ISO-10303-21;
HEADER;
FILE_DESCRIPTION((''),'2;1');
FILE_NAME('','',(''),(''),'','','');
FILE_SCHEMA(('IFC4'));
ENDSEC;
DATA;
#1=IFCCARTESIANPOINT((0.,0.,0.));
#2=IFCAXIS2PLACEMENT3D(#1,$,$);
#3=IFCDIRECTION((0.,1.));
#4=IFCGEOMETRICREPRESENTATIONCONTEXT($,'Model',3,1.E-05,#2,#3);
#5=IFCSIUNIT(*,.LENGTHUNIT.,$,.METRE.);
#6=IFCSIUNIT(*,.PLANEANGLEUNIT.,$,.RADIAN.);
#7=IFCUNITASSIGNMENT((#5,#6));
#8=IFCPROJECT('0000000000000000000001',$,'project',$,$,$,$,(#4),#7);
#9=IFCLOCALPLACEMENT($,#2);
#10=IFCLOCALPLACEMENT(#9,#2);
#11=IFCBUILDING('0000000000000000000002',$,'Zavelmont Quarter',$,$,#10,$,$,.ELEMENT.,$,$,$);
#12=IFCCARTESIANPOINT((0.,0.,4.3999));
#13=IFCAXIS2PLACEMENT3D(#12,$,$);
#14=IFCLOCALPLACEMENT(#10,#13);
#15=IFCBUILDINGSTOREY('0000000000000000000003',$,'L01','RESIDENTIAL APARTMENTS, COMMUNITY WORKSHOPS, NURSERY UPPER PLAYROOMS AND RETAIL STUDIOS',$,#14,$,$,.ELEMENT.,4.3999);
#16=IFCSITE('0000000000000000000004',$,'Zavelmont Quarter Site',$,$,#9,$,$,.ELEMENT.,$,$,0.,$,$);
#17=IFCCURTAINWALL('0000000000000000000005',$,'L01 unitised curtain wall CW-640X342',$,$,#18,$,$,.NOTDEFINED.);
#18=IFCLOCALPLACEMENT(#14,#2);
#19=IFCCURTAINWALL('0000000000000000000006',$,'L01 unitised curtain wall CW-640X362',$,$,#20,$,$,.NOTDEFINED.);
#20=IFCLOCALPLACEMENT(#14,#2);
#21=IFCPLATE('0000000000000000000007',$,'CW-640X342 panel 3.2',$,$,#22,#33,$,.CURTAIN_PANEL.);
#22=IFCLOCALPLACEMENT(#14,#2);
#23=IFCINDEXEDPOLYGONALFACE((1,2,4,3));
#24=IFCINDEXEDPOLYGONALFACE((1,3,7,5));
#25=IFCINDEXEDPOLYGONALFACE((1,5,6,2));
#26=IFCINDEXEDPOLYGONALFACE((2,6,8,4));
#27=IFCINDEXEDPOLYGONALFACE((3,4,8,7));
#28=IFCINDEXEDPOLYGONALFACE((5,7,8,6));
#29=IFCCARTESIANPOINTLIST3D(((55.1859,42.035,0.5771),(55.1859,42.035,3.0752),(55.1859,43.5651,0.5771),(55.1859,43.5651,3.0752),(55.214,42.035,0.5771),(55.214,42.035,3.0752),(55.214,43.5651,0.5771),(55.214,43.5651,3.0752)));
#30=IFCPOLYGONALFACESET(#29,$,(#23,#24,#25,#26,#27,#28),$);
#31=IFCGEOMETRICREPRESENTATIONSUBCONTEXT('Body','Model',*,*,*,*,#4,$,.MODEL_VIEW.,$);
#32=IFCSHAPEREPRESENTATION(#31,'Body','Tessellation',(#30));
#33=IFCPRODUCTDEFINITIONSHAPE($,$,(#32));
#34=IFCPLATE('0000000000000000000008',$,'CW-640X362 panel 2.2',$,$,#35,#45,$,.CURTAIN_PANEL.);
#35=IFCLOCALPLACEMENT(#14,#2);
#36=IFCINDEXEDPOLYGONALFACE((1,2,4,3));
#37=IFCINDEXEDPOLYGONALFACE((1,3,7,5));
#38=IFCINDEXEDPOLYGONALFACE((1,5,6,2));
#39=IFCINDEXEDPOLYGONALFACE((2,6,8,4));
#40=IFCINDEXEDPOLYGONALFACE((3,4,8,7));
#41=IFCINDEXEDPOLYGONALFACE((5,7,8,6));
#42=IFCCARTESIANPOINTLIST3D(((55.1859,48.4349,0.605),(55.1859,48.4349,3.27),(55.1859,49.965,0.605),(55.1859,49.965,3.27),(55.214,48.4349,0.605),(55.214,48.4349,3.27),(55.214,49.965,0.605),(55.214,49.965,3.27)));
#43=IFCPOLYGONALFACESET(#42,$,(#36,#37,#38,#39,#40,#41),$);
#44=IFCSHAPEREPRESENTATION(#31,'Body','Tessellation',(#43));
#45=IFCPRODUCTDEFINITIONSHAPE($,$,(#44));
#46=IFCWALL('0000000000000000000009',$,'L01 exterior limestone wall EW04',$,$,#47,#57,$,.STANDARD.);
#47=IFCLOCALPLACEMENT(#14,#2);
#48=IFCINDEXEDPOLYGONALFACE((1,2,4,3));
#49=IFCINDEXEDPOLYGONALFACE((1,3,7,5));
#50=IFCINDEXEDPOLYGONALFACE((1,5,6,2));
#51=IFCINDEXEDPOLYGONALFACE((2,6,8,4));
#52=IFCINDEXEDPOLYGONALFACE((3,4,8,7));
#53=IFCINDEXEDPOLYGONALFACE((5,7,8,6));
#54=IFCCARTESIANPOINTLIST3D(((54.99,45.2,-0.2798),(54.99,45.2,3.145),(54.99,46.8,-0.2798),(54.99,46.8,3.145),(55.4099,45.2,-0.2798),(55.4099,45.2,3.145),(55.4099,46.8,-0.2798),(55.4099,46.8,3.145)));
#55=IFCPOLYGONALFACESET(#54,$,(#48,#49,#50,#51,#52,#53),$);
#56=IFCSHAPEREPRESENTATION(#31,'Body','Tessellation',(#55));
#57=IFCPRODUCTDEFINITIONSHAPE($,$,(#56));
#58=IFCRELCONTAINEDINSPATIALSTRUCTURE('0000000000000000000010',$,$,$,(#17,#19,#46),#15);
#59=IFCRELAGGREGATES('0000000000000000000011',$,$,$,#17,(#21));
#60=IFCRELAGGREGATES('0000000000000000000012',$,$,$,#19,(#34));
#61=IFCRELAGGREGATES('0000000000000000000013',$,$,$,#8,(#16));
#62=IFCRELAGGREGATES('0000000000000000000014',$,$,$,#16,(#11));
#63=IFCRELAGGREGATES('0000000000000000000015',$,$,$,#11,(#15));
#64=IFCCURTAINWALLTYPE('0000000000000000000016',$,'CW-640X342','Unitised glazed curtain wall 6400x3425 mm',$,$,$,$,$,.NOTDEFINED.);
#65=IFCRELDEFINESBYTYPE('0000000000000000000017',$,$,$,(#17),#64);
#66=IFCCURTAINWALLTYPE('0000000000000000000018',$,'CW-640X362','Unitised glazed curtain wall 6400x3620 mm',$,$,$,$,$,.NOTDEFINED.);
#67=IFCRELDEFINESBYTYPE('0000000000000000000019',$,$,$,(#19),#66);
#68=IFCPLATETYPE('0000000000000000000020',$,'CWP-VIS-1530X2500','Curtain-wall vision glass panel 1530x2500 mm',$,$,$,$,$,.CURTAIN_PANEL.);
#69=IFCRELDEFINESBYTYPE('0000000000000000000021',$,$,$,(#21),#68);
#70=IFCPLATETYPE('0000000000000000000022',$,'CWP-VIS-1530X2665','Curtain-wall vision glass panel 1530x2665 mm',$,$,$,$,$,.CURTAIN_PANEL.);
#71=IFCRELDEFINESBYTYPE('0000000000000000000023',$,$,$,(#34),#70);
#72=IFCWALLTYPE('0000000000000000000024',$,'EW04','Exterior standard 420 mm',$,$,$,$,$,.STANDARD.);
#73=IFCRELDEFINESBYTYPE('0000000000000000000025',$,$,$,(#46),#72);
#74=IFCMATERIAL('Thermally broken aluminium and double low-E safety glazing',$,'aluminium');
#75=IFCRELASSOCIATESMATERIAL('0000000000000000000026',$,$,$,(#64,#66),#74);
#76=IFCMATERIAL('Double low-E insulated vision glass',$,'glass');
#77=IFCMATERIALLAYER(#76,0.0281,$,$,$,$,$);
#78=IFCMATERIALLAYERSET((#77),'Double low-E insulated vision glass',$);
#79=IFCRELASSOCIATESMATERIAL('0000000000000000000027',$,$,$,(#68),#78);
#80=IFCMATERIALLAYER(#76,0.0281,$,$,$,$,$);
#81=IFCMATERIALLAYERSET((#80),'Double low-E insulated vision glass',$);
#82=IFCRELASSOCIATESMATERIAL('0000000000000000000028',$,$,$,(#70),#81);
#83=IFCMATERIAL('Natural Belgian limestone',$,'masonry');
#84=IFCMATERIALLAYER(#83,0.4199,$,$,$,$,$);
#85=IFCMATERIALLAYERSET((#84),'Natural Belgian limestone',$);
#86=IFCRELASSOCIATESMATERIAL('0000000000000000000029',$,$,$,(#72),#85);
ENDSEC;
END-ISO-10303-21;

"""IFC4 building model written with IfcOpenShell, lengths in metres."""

from ifc_helpers import new_model, si_unit, direction, frame, frame_2d, origin, origin_2d, place, context, subcontext, project, spatial, rectangle, extrude, material, layer, layer_set, type_object, element, aggregate, save


model = new_model("IFC4")

# Units and contexts
model_context = context("Model", 3, precision=1e-05, world=origin(), true_north=direction((0.0, 1.0)))
body_context = subcontext(model_context, "Body", "Model", "MODEL_VIEW")
ifc_project = project(units=[si_unit("LENGTHUNIT", "METRE"), si_unit("PLANEANGLEUNIT", "RADIAN")], contexts=[model_context])

# Site, building, storey
site_placement = place(None, origin())
site = spatial("IfcSite", under=ifc_project, at=site_placement, Name="Zavelmont Quarter Site", CompositionType="ELEMENT", RefElevation=0.0)
building_placement = place(site_placement, origin())
building = spatial("IfcBuilding", under=site, at=building_placement, Name="Zavelmont Quarter", CompositionType="ELEMENT")
storey_placement = place(building_placement, frame((0.0, 0.0, 4.3999)))
storey = spatial("IfcBuildingStorey", under=building, at=storey_placement, Name="L01", Description="RESIDENTIAL APARTMENTS, COMMUNITY WORKSHOPS, NURSERY UPPER PLAYROOMS AND RETAIL STUDIOS", CompositionType="ELEMENT", Elevation=4.3999)

# Curtain walls
ifc_material_1 = material(Name="Thermally broken aluminium and double low-E safety glazing", Category="aluminium")
curtain_wall_type_1 = type_object("IfcCurtainWallType", Name="CW-640X342", Description="Unitised glazed curtain wall 6400x3425 mm", PredefinedType="NOTDEFINED", material=ifc_material_1)
curtain_wall_1_placement = place(storey_placement, origin())
curtain_wall_1 = element("IfcCurtainWall", 1, at=curtain_wall_1_placement, inside=storey, type_object=curtain_wall_type_1, Name="L01 unitised curtain wall CW-640X342", PredefinedType="NOTDEFINED")
curtain_wall_type_2 = type_object("IfcCurtainWallType", Name="CW-640X362", Description="Unitised glazed curtain wall 6400x3620 mm", PredefinedType="NOTDEFINED", material=ifc_material_1)
curtain_wall_2_placement = place(storey_placement, origin())
curtain_wall_2 = element("IfcCurtainWall", 2, at=curtain_wall_2_placement, inside=storey, type_object=curtain_wall_type_2, Name="L01 unitised curtain wall CW-640X362", PredefinedType="NOTDEFINED")

# Plates
ifc_material_2 = material(Name="Double low-E insulated vision glass", Category="glass")
ifc_layer_1 = layer(ifc_material_2, 0.0281)
ifc_layer_set_1 = layer_set([ifc_layer_1], Name="Double low-E insulated vision glass")
plate_type_1 = type_object("IfcPlateType", Name="CWP-VIS-1530X2500", Description="Curtain-wall vision glass panel 1530x2500 mm", PredefinedType="CURTAIN_PANEL", material=ifc_layer_set_1)
plate_1_placement = place(storey_placement, frame((55.2, 42.8, 0.5771), z_axis=(0.0, 0.0, 1.0), x_axis=(0.0, 1.0, 0.0)))
plate_1 = element("IfcPlate", 3, at=plate_1_placement, type_object=plate_type_1, Name="CW-640X342 panel 3.2", PredefinedType="CURTAIN_PANEL", context=body_context, shape_type="SweptSolid", body=[
    extrude(rectangle(XDim=1.53, YDim=0.0281, at=origin_2d()), origin(), (0.0, 0.0, 1.0), 2.498),
])
aggregate(curtain_wall_1, [plate_1])
ifc_layer_2 = layer(ifc_material_2, 0.0281)
ifc_layer_set_2 = layer_set([ifc_layer_2], Name="Double low-E insulated vision glass")
plate_type_2 = type_object("IfcPlateType", Name="CWP-VIS-1530X2665", Description="Curtain-wall vision glass panel 1530x2665 mm", PredefinedType="CURTAIN_PANEL", material=ifc_layer_set_2)
plate_2_placement = place(storey_placement, frame((55.2, 49.2, 0.605), z_axis=(0.0, 0.0, 1.0), x_axis=(0.0, 1.0, 0.0)))
plate_2 = element("IfcPlate", 4, at=plate_2_placement, type_object=plate_type_2, Name="CW-640X362 panel 2.2", PredefinedType="CURTAIN_PANEL", context=body_context, shape_type="SweptSolid", body=[
    extrude(rectangle(XDim=1.53, YDim=0.0281, at=origin_2d()), origin(), (0.0, 0.0, 1.0), 2.665),
])
aggregate(curtain_wall_2, [plate_2])

# Wall
ifc_material_3 = material(Name="Natural Belgian limestone", Category="masonry")
ifc_layer_3 = layer(ifc_material_3, 0.4199)
ifc_layer_set_3 = layer_set([ifc_layer_3], Name="Natural Belgian limestone")
wall_type = type_object("IfcWallType", Name="EW04", Description="Exterior standard 420 mm", PredefinedType="STANDARD", material=ifc_layer_set_3)
wall_placement = place(storey_placement, frame((55.2, 45.2, -0.2798), z_axis=(0.0, 0.0, 1.0), x_axis=(0.0, 1.0, 0.0)))
element("IfcWall", 5, at=wall_placement, inside=storey, type_object=wall_type, Name="L01 exterior limestone wall EW04", PredefinedType="STANDARD", context=body_context, shape_type="SweptSolid", body=[
    extrude(rectangle(XDim=1.6001, YDim=0.4199, at=frame_2d((0.8, 0.0))), origin(), (0.0, 0.0, 1.0), 3.4248),
])

save(model, "model.ifc")
